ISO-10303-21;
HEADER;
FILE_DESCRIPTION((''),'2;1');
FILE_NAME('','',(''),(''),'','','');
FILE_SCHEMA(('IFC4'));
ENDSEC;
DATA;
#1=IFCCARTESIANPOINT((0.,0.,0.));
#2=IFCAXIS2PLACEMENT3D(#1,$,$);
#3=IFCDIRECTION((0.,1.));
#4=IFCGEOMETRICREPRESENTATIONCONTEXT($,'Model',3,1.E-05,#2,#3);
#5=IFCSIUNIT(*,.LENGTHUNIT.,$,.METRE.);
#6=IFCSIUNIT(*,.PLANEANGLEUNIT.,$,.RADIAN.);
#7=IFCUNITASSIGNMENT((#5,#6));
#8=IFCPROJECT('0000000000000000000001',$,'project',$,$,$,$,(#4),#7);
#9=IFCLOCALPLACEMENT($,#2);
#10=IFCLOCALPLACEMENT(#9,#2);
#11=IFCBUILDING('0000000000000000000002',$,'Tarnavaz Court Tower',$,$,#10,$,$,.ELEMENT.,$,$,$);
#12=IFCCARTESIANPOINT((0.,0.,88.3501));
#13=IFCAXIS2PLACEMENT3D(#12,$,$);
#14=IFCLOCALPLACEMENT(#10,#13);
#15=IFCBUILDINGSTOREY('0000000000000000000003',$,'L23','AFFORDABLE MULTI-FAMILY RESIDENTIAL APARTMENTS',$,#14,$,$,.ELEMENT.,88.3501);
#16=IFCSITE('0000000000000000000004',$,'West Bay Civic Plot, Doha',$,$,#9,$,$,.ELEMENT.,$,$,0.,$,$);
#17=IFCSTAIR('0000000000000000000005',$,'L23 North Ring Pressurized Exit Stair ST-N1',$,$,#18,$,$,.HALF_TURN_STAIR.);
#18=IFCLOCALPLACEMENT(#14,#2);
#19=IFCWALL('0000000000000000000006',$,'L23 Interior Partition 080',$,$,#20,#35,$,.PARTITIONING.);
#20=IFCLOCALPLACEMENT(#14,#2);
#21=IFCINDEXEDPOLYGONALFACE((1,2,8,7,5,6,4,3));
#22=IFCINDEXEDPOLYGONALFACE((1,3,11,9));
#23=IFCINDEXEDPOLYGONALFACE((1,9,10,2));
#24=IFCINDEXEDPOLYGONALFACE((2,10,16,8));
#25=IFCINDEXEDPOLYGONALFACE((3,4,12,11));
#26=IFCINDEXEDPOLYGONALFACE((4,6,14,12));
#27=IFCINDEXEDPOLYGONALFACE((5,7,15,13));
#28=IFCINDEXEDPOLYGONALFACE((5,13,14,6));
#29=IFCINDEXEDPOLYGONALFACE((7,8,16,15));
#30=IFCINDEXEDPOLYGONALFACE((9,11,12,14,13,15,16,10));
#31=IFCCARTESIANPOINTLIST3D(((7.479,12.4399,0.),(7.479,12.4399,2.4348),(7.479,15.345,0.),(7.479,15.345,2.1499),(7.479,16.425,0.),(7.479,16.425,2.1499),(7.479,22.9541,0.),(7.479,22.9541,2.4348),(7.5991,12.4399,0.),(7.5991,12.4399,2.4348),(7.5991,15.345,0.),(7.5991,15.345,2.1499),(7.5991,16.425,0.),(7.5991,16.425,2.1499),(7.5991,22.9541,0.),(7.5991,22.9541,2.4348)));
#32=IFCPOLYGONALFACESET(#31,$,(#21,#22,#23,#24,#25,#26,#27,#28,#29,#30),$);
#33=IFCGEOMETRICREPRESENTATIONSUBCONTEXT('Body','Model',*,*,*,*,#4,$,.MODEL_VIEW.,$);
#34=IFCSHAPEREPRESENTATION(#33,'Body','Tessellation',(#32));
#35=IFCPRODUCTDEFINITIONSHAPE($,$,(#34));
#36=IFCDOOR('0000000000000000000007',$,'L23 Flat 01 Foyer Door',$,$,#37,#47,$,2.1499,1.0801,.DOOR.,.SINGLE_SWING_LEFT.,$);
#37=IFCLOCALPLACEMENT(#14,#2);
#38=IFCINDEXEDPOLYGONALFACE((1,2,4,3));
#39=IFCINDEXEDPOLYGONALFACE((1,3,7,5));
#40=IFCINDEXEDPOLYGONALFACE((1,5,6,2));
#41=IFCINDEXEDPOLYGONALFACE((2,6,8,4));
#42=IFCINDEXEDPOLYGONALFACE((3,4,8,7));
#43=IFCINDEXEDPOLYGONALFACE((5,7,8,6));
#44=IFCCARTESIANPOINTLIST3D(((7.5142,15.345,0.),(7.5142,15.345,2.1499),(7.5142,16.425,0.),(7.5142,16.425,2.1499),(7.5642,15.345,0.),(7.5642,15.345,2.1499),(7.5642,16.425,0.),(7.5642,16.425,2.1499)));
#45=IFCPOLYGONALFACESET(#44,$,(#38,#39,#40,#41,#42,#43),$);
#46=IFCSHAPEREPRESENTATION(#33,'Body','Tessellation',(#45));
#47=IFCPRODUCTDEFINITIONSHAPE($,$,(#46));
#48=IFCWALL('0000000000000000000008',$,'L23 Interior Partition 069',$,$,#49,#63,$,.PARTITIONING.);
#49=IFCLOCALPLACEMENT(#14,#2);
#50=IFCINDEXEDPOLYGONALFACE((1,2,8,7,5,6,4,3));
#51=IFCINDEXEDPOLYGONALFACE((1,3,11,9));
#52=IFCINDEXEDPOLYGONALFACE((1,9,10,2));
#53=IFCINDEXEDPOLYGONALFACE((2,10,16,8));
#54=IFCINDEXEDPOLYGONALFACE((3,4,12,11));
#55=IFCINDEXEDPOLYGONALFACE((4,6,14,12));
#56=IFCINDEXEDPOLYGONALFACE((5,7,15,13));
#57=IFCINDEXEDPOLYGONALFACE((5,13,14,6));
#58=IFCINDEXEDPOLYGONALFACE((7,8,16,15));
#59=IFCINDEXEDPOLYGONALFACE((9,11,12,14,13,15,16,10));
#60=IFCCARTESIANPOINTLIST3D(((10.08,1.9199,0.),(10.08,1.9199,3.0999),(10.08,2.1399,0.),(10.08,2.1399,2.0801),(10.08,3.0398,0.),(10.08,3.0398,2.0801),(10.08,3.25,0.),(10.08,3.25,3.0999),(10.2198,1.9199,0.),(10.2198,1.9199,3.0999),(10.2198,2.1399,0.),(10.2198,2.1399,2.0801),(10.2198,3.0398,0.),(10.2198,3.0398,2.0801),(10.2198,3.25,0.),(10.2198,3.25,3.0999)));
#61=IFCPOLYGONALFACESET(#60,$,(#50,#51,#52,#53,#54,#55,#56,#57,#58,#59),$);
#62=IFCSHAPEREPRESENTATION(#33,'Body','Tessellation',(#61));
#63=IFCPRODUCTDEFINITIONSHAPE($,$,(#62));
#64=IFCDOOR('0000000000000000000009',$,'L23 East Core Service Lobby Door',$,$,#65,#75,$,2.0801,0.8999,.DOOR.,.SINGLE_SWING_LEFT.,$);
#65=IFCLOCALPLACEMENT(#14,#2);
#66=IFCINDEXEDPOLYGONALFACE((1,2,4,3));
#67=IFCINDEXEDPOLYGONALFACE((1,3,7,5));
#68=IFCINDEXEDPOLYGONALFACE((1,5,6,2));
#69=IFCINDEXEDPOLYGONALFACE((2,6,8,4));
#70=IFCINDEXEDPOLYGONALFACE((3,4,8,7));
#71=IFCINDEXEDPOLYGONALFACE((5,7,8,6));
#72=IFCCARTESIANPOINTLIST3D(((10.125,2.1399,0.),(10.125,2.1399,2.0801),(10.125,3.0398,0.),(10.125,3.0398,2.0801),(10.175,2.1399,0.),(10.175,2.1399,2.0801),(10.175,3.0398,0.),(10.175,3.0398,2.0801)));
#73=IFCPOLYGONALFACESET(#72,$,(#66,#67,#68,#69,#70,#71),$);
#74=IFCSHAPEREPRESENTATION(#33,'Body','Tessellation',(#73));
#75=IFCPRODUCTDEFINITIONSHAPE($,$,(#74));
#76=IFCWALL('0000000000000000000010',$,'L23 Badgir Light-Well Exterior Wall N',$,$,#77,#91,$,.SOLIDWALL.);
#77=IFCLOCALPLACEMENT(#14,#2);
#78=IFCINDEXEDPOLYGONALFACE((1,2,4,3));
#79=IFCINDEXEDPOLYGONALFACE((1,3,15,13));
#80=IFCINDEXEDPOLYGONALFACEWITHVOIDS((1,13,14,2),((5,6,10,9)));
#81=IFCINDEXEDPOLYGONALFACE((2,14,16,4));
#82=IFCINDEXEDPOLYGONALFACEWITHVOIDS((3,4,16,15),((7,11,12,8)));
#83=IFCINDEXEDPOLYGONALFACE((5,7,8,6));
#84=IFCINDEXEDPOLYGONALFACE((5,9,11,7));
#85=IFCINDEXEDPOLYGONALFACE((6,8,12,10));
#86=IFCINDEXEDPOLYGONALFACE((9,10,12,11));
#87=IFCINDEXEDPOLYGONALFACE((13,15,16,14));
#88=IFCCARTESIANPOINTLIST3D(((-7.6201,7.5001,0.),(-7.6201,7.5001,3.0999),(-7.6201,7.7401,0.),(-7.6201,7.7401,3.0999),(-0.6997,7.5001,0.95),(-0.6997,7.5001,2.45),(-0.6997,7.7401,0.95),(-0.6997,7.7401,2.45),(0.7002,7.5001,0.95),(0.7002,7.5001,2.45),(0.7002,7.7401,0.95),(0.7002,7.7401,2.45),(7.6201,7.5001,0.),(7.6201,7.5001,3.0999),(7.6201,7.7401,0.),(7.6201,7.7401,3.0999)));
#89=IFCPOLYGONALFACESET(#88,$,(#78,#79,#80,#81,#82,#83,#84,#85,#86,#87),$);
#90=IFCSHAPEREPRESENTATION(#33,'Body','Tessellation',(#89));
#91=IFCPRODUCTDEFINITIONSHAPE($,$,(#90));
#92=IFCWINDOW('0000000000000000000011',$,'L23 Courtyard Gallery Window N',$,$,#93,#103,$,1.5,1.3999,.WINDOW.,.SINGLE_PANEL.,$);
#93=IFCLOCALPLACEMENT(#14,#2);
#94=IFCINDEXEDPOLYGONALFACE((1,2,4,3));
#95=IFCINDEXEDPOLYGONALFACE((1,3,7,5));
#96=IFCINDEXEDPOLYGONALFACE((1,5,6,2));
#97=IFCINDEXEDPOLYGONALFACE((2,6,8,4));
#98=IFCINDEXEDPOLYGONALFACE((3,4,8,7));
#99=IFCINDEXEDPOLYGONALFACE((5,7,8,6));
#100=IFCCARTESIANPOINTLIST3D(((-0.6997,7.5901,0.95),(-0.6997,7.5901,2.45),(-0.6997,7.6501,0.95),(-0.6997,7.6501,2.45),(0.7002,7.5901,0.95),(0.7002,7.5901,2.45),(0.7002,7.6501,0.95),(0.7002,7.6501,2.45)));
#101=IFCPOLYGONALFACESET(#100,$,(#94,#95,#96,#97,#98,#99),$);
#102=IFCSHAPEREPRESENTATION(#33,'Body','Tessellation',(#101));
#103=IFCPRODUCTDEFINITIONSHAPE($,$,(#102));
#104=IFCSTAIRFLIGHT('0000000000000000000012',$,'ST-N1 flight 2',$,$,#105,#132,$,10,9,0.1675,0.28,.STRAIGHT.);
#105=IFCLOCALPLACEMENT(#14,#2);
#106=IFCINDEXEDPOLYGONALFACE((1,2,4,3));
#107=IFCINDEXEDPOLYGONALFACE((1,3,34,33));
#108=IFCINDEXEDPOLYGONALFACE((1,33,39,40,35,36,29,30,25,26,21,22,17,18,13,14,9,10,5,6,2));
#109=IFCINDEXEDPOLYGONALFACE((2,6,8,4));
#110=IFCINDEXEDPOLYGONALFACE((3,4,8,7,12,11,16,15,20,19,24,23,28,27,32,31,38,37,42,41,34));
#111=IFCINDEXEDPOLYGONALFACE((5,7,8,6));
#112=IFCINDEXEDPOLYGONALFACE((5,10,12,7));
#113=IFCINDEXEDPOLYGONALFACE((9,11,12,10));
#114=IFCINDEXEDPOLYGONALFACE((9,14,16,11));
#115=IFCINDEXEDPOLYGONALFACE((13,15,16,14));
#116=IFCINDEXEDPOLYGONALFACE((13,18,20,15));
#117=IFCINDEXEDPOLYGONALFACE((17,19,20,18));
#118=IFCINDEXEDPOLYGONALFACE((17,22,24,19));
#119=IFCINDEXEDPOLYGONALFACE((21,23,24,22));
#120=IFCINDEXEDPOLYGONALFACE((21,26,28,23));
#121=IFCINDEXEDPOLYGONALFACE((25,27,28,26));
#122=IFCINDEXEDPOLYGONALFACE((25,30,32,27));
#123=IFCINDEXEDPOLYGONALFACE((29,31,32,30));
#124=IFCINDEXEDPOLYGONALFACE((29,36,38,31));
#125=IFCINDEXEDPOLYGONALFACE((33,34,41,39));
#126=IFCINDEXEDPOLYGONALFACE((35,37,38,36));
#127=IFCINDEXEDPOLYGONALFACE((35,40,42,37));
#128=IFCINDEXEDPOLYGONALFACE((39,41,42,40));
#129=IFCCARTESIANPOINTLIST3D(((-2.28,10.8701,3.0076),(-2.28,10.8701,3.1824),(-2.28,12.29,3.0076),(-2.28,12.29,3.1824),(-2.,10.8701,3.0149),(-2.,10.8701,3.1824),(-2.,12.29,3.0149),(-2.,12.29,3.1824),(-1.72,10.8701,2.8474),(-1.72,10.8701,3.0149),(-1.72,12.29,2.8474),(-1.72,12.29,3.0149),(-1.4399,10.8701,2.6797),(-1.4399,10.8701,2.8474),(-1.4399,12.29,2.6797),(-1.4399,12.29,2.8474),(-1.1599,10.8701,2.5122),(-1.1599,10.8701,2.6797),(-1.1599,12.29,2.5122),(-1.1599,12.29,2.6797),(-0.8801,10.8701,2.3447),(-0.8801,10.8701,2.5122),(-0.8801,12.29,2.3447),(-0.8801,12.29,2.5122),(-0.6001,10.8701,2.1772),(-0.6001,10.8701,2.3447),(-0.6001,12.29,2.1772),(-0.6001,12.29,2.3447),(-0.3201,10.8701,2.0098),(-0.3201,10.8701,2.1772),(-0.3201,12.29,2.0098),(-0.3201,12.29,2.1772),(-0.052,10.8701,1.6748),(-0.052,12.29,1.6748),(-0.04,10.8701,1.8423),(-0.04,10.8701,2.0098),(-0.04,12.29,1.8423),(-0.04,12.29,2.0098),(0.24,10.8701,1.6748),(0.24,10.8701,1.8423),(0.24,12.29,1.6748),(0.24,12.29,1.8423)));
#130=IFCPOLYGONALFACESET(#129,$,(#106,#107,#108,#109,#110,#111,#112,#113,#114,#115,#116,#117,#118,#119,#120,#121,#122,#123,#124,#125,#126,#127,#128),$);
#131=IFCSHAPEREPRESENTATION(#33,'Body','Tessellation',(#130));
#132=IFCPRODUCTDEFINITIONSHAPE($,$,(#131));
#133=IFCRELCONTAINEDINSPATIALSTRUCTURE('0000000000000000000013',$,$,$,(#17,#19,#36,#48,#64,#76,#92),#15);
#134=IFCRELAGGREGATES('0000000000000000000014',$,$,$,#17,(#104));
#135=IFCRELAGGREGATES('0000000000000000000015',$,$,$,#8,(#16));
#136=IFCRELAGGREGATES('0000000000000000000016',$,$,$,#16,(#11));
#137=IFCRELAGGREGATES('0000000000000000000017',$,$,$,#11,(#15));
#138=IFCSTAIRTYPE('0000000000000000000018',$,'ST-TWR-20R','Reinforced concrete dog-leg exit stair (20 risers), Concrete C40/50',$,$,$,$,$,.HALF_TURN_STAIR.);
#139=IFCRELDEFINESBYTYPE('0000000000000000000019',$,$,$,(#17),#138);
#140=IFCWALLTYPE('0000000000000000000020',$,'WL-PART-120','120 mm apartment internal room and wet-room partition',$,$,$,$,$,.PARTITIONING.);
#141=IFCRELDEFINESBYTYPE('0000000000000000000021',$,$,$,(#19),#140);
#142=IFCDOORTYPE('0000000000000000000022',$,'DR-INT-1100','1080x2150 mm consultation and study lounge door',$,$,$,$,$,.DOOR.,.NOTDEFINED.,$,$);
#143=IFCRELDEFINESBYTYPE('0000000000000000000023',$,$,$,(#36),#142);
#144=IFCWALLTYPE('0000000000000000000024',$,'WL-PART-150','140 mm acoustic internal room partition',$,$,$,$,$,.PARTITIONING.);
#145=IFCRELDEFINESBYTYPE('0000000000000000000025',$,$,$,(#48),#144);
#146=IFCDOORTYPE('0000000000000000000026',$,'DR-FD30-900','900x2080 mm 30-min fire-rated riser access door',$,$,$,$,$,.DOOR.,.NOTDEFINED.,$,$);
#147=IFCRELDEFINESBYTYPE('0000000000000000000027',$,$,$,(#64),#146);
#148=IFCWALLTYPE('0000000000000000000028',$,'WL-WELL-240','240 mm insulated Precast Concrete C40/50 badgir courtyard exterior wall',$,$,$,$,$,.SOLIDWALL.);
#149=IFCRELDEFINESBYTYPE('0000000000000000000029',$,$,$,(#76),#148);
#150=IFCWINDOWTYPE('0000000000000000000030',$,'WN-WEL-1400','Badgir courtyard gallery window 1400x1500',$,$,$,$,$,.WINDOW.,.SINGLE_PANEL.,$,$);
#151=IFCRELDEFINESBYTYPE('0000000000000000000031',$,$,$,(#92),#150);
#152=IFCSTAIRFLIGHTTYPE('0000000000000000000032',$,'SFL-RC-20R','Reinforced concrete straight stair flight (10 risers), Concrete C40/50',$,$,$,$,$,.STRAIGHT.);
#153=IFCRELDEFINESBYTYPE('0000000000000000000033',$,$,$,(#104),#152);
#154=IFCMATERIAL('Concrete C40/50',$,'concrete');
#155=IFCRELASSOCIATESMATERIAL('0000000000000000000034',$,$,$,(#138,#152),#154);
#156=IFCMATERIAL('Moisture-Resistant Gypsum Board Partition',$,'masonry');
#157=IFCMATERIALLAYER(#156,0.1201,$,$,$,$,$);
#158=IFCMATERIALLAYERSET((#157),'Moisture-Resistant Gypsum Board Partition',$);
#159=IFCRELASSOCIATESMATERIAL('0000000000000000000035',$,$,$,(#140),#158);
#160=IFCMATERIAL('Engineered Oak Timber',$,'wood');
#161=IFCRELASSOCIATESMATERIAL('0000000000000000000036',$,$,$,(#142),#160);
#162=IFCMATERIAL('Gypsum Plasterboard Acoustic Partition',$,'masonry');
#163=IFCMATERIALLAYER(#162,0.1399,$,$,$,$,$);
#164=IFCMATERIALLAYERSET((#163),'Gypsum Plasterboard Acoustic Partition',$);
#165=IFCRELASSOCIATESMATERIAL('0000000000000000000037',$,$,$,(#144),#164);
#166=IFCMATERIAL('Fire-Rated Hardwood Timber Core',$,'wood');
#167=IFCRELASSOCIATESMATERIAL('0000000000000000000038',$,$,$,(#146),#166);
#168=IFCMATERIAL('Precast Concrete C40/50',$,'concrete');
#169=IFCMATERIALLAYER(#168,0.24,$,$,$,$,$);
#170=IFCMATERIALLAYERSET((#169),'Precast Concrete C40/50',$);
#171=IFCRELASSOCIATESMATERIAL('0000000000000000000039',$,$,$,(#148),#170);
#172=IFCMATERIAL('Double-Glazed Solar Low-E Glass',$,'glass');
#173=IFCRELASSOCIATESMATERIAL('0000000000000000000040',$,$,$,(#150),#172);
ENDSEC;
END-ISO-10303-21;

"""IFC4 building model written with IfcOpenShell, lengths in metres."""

from ifc_helpers import new_model, si_unit, direction, frame, frame_2d, origin, place, context, subcontext, project, spatial, polyline, rectangle, outline, extrude, material, layer, layer_set, type_object, element, fill, aggregate, save


model = new_model("IFC4")

# Units and contexts
model_context = context("Model", 3, precision=1e-05, world=origin(), true_north=direction((0.0, 1.0)))
body_context = subcontext(model_context, "Body", "Model", "MODEL_VIEW")
ifc_project = project(units=[si_unit("LENGTHUNIT", "METRE"), si_unit("PLANEANGLEUNIT", "RADIAN")], contexts=[model_context])

# Site, building, storey
site_placement = place(None, origin())
site = spatial("IfcSite", under=ifc_project, at=site_placement, Name="West Bay Civic Plot, Doha", CompositionType="ELEMENT", RefElevation=0.0)
building_placement = place(site_placement, origin())
building = spatial("IfcBuilding", under=site, at=building_placement, Name="Tarnavaz Court Tower", CompositionType="ELEMENT")
storey_placement = place(building_placement, frame((0.0, 0.0, 88.3501)))
storey = spatial("IfcBuildingStorey", under=building, at=storey_placement, Name="L23", Description="AFFORDABLE MULTI-FAMILY RESIDENTIAL APARTMENTS", CompositionType="ELEMENT", Elevation=88.3501)

# Stair
ifc_material_1 = material(Name="Concrete C40/50", Category="concrete")
stair_type = type_object("IfcStairType", Name="ST-TWR-20R", Description="Reinforced concrete dog-leg exit stair (20 risers), Concrete C40/50", PredefinedType="HALF_TURN_STAIR", material=ifc_material_1)
stair_1_placement = place(storey_placement, origin())
stair_1 = element("IfcStair", 1, at=stair_1_placement, inside=storey, type_object=stair_type, Name="L23 North Ring Pressurized Exit Stair ST-N1", PredefinedType="HALF_TURN_STAIR")

# Shared definitions
ifc_material_2 = material(Name="Fire-Rated Hardwood Timber Core", Category="wood")

# Walls, openings, doors
ifc_material_3 = material(Name="Moisture-Resistant Gypsum Board Partition", Category="masonry")
ifc_layer_1 = layer(ifc_material_3, 0.1201)
ifc_layer_set_1 = layer_set([ifc_layer_1], Name="Moisture-Resistant Gypsum Board Partition")
wall_type_1 = type_object("IfcWallType", Name="WL-PART-120", Description="120 mm apartment internal room and wet-room partition", PredefinedType="PARTITIONING", material=ifc_layer_set_1)
wall_1_placement = place(storey_placement, frame((7.5391, 12.4399, 0.0), z_axis=(0.0, 0.0, 1.0), x_axis=(0.0, 1.0, 0.0)))
wall_1 = element("IfcWall", 2, at=wall_1_placement, inside=storey, type_object=wall_type_1, Name="L23 Interior Partition 080", PredefinedType="PARTITIONING", context=body_context, shape_type="SweptSolid", body=[
    extrude(rectangle(XDim=10.5142, YDim=0.1201, at=frame_2d((5.2571, 0.0))), origin(), (0.0, 0.0, 1.0), 2.4348),
])
opening_1_placement = place(wall_1_placement, frame((2.905, 0.0, 0.0)))
opening_1 = element("IfcOpeningElement", 3, at=opening_1_placement, cuts=wall_1, PredefinedType="OPENING", context=body_context, shape_type="SweptSolid", body=[
    extrude(rectangle(XDim=1.0801, YDim=2.1499, at=frame_2d((0.54, 1.075))), frame((0.0, 0.0701, 0.0), z_axis=(0.0, -1.0, 0.0), x_axis=(1.0, 0.0, 0.0)), (0.0, 0.0, 1.0), 0.1401),
])
ifc_material_4 = material(Name="Engineered Oak Timber", Category="wood")
door_type_1 = type_object("IfcDoorType", Name="DR-INT-1100", Description="1080x2150 mm consultation and study lounge door", OperationType="NOTDEFINED", PredefinedType="DOOR", material=ifc_material_4)
door_1_placement = place(opening_1_placement, origin())
door_1 = element("IfcDoor", 4, at=door_1_placement, inside=storey, type_object=door_type_1, Name="L23 Flat 01 Foyer Door", OperationType="SINGLE_SWING_LEFT", OverallHeight=2.1499, OverallWidth=1.0801, PredefinedType="DOOR", context=body_context, shape_type="SweptSolid", body=[
    extrude(rectangle(XDim=1.0801, YDim=2.1499, at=frame_2d((0.54, 1.075))), frame((0.0, 0.0249, 0.0), z_axis=(0.0, -1.0, 0.0), x_axis=(1.0, 0.0, 0.0)), (0.0, 0.0, 1.0), 0.05),
])
fill(opening_1, door_1)
ifc_material_5 = material(Name="Gypsum Plasterboard Acoustic Partition", Category="masonry")
ifc_layer_2 = layer(ifc_material_5, 0.1399)
ifc_layer_set_2 = layer_set([ifc_layer_2], Name="Gypsum Plasterboard Acoustic Partition")
wall_type_2 = type_object("IfcWallType", Name="WL-PART-150", Description="140 mm acoustic internal room partition", PredefinedType="PARTITIONING", material=ifc_layer_set_2)
wall_2_placement = place(storey_placement, frame((10.1499, 1.9199, 0.0), z_axis=(0.0, 0.0, 1.0), x_axis=(0.0, 1.0, 0.0)))
wall_2 = element("IfcWall", 5, at=wall_2_placement, inside=storey, type_object=wall_type_2, Name="L23 Interior Partition 069", PredefinedType="PARTITIONING", context=body_context, shape_type="SweptSolid", body=[
    extrude(rectangle(XDim=1.3301, YDim=0.1399, at=frame_2d((0.665, 0.0))), origin(), (0.0, 0.0, 1.0), 3.0999),
])
opening_2_placement = place(wall_2_placement, frame((0.22, 0.0, 0.0)))
opening_2 = element("IfcOpeningElement", 6, at=opening_2_placement, cuts=wall_2, PredefinedType="OPENING", context=body_context, shape_type="SweptSolid", body=[
    extrude(rectangle(XDim=0.8999, YDim=2.0801, at=frame_2d((0.45, 1.04))), frame((0.0, 0.0798, 0.0), z_axis=(0.0, -1.0, 0.0), x_axis=(1.0, 0.0, 0.0)), (0.0, 0.0, 1.0), 0.1599),
])
door_type_2 = type_object("IfcDoorType", Name="DR-FD30-900", Description="900x2080 mm 30-min fire-rated riser access door", OperationType="NOTDEFINED", PredefinedType="DOOR", material=ifc_material_2)
door_2_placement = place(opening_2_placement, origin())
door_2 = element("IfcDoor", 7, at=door_2_placement, inside=storey, type_object=door_type_2, Name="L23 East Core Service Lobby Door", OperationType="SINGLE_SWING_LEFT", OverallHeight=2.0801, OverallWidth=0.8999, PredefinedType="DOOR", context=body_context, shape_type="SweptSolid", body=[
    extrude(rectangle(XDim=0.8999, YDim=2.0801, at=frame_2d((0.45, 1.04))), frame((0.0, 0.0249, 0.0), z_axis=(0.0, -1.0, 0.0), x_axis=(1.0, 0.0, 0.0)), (0.0, 0.0, 1.0), 0.05),
])
fill(opening_2, door_2)

# Wall, opening, window
ifc_material_6 = material(Name="Precast Concrete C40/50", Category="concrete")
ifc_layer_3 = layer(ifc_material_6, 0.24)
ifc_layer_set_3 = layer_set([ifc_layer_3], Name="Precast Concrete C40/50")
wall_type_3 = type_object("IfcWallType", Name="WL-WELL-240", Description="240 mm insulated Precast Concrete C40/50 badgir courtyard exterior wall", PredefinedType="SOLIDWALL", material=ifc_layer_set_3)
wall_3_placement = place(storey_placement, frame((7.6201, 7.6201, 0.0), z_axis=(0.0, 0.0, 1.0), x_axis=(-1.0, 0.0, 0.0)))
wall_3 = element("IfcWall", 8, at=wall_3_placement, inside=storey, type_object=wall_type_3, Name="L23 Badgir Light-Well Exterior Wall N", PredefinedType="SOLIDWALL", context=body_context, shape_type="SweptSolid", body=[
    extrude(rectangle(XDim=15.2402, YDim=0.24, at=frame_2d((7.6201, 0.0))), origin(), (0.0, 0.0, 1.0), 3.0999),
])
opening_3_placement = place(wall_3_placement, frame((6.9199, 0.0, 0.95)))
opening_3 = element("IfcOpeningElement", 9, at=opening_3_placement, cuts=wall_3, PredefinedType="OPENING", context=body_context, shape_type="SweptSolid", body=[
    extrude(rectangle(XDim=1.3999, YDim=1.5, at=frame_2d((0.7, 0.75))), frame((0.0, 0.1299, 0.0), z_axis=(0.0, -1.0, 0.0), x_axis=(1.0, 0.0, 0.0)), (0.0, 0.0, 1.0), 0.26),
])
ifc_material_7 = material(Name="Double-Glazed Solar Low-E Glass", Category="glass")
window_type = type_object("IfcWindowType", Name="WN-WEL-1400", Description="Badgir courtyard gallery window 1400x1500", PartitioningType="SINGLE_PANEL", PredefinedType="WINDOW", material=ifc_material_7)
window_placement = place(opening_3_placement, origin())
window = element("IfcWindow", 10, at=window_placement, inside=storey, type_object=window_type, Name="L23 Courtyard Gallery Window N", OverallHeight=1.5, OverallWidth=1.3999, PartitioningType="SINGLE_PANEL", PredefinedType="WINDOW", context=body_context, shape_type="SweptSolid", body=[
    extrude(rectangle(XDim=1.3999, YDim=1.5, at=frame_2d((0.7, 0.75))), frame((0.0, 0.03, 0.0), z_axis=(0.0, -1.0, 0.0), x_axis=(1.0, 0.0, 0.0)), (0.0, 0.0, 1.0), 0.0601),
])
fill(opening_3, window)

# Stair flight
stair_flight_type = type_object("IfcStairFlightType", Name="SFL-RC-20R", Description="Reinforced concrete straight stair flight (10 risers), Concrete C40/50", PredefinedType="STRAIGHT", material=ifc_material_1)
stair_flight_placement = place(storey_placement, frame((0.24, 11.5801, 1.6748), z_axis=(0.0, 0.0, 1.0), x_axis=(-1.0, 0.0, 0.0)))
stair_flight = element("IfcStairFlight", 11, at=stair_flight_placement, type_object=stair_flight_type, Name="ST-N1 flight 2", NumberOfRisers=10, NumberOfTreads=9, PredefinedType="STRAIGHT", RiserHeight=0.1675, TreadLength=0.28, context=body_context, shape_type="SweptSolid", body=[
    extrude(outline(polyline([(0.0, 0.0), (0.0, 0.1675), (0.28, 0.1675), (0.28, 0.335), (0.5601, 0.335), (0.5601, 0.5024), (0.8401, 0.5024), (0.8401, 0.6699), (1.1201, 0.6699), (1.1201, 0.8374), (1.3999, 0.8374), (1.3999, 1.0049), (1.6799, 1.0049), (1.6799, 1.1726), (1.96, 1.1726), (1.96, 1.3401), (2.24, 1.3401), (2.24, 1.5076), (2.52, 1.5076), (2.52, 1.675), (2.52, 1.3328), (0.292, 0.0), (0.0, 0.0)])), frame((0.0, 0.71, 0.0), z_axis=(0.0, -1.0, 0.0), x_axis=(1.0, 0.0, 0.0)), (0.0, 0.0, 1.0), 1.4199),
])
aggregate(stair_1, [stair_flight])

save(model, "model.ifc")
